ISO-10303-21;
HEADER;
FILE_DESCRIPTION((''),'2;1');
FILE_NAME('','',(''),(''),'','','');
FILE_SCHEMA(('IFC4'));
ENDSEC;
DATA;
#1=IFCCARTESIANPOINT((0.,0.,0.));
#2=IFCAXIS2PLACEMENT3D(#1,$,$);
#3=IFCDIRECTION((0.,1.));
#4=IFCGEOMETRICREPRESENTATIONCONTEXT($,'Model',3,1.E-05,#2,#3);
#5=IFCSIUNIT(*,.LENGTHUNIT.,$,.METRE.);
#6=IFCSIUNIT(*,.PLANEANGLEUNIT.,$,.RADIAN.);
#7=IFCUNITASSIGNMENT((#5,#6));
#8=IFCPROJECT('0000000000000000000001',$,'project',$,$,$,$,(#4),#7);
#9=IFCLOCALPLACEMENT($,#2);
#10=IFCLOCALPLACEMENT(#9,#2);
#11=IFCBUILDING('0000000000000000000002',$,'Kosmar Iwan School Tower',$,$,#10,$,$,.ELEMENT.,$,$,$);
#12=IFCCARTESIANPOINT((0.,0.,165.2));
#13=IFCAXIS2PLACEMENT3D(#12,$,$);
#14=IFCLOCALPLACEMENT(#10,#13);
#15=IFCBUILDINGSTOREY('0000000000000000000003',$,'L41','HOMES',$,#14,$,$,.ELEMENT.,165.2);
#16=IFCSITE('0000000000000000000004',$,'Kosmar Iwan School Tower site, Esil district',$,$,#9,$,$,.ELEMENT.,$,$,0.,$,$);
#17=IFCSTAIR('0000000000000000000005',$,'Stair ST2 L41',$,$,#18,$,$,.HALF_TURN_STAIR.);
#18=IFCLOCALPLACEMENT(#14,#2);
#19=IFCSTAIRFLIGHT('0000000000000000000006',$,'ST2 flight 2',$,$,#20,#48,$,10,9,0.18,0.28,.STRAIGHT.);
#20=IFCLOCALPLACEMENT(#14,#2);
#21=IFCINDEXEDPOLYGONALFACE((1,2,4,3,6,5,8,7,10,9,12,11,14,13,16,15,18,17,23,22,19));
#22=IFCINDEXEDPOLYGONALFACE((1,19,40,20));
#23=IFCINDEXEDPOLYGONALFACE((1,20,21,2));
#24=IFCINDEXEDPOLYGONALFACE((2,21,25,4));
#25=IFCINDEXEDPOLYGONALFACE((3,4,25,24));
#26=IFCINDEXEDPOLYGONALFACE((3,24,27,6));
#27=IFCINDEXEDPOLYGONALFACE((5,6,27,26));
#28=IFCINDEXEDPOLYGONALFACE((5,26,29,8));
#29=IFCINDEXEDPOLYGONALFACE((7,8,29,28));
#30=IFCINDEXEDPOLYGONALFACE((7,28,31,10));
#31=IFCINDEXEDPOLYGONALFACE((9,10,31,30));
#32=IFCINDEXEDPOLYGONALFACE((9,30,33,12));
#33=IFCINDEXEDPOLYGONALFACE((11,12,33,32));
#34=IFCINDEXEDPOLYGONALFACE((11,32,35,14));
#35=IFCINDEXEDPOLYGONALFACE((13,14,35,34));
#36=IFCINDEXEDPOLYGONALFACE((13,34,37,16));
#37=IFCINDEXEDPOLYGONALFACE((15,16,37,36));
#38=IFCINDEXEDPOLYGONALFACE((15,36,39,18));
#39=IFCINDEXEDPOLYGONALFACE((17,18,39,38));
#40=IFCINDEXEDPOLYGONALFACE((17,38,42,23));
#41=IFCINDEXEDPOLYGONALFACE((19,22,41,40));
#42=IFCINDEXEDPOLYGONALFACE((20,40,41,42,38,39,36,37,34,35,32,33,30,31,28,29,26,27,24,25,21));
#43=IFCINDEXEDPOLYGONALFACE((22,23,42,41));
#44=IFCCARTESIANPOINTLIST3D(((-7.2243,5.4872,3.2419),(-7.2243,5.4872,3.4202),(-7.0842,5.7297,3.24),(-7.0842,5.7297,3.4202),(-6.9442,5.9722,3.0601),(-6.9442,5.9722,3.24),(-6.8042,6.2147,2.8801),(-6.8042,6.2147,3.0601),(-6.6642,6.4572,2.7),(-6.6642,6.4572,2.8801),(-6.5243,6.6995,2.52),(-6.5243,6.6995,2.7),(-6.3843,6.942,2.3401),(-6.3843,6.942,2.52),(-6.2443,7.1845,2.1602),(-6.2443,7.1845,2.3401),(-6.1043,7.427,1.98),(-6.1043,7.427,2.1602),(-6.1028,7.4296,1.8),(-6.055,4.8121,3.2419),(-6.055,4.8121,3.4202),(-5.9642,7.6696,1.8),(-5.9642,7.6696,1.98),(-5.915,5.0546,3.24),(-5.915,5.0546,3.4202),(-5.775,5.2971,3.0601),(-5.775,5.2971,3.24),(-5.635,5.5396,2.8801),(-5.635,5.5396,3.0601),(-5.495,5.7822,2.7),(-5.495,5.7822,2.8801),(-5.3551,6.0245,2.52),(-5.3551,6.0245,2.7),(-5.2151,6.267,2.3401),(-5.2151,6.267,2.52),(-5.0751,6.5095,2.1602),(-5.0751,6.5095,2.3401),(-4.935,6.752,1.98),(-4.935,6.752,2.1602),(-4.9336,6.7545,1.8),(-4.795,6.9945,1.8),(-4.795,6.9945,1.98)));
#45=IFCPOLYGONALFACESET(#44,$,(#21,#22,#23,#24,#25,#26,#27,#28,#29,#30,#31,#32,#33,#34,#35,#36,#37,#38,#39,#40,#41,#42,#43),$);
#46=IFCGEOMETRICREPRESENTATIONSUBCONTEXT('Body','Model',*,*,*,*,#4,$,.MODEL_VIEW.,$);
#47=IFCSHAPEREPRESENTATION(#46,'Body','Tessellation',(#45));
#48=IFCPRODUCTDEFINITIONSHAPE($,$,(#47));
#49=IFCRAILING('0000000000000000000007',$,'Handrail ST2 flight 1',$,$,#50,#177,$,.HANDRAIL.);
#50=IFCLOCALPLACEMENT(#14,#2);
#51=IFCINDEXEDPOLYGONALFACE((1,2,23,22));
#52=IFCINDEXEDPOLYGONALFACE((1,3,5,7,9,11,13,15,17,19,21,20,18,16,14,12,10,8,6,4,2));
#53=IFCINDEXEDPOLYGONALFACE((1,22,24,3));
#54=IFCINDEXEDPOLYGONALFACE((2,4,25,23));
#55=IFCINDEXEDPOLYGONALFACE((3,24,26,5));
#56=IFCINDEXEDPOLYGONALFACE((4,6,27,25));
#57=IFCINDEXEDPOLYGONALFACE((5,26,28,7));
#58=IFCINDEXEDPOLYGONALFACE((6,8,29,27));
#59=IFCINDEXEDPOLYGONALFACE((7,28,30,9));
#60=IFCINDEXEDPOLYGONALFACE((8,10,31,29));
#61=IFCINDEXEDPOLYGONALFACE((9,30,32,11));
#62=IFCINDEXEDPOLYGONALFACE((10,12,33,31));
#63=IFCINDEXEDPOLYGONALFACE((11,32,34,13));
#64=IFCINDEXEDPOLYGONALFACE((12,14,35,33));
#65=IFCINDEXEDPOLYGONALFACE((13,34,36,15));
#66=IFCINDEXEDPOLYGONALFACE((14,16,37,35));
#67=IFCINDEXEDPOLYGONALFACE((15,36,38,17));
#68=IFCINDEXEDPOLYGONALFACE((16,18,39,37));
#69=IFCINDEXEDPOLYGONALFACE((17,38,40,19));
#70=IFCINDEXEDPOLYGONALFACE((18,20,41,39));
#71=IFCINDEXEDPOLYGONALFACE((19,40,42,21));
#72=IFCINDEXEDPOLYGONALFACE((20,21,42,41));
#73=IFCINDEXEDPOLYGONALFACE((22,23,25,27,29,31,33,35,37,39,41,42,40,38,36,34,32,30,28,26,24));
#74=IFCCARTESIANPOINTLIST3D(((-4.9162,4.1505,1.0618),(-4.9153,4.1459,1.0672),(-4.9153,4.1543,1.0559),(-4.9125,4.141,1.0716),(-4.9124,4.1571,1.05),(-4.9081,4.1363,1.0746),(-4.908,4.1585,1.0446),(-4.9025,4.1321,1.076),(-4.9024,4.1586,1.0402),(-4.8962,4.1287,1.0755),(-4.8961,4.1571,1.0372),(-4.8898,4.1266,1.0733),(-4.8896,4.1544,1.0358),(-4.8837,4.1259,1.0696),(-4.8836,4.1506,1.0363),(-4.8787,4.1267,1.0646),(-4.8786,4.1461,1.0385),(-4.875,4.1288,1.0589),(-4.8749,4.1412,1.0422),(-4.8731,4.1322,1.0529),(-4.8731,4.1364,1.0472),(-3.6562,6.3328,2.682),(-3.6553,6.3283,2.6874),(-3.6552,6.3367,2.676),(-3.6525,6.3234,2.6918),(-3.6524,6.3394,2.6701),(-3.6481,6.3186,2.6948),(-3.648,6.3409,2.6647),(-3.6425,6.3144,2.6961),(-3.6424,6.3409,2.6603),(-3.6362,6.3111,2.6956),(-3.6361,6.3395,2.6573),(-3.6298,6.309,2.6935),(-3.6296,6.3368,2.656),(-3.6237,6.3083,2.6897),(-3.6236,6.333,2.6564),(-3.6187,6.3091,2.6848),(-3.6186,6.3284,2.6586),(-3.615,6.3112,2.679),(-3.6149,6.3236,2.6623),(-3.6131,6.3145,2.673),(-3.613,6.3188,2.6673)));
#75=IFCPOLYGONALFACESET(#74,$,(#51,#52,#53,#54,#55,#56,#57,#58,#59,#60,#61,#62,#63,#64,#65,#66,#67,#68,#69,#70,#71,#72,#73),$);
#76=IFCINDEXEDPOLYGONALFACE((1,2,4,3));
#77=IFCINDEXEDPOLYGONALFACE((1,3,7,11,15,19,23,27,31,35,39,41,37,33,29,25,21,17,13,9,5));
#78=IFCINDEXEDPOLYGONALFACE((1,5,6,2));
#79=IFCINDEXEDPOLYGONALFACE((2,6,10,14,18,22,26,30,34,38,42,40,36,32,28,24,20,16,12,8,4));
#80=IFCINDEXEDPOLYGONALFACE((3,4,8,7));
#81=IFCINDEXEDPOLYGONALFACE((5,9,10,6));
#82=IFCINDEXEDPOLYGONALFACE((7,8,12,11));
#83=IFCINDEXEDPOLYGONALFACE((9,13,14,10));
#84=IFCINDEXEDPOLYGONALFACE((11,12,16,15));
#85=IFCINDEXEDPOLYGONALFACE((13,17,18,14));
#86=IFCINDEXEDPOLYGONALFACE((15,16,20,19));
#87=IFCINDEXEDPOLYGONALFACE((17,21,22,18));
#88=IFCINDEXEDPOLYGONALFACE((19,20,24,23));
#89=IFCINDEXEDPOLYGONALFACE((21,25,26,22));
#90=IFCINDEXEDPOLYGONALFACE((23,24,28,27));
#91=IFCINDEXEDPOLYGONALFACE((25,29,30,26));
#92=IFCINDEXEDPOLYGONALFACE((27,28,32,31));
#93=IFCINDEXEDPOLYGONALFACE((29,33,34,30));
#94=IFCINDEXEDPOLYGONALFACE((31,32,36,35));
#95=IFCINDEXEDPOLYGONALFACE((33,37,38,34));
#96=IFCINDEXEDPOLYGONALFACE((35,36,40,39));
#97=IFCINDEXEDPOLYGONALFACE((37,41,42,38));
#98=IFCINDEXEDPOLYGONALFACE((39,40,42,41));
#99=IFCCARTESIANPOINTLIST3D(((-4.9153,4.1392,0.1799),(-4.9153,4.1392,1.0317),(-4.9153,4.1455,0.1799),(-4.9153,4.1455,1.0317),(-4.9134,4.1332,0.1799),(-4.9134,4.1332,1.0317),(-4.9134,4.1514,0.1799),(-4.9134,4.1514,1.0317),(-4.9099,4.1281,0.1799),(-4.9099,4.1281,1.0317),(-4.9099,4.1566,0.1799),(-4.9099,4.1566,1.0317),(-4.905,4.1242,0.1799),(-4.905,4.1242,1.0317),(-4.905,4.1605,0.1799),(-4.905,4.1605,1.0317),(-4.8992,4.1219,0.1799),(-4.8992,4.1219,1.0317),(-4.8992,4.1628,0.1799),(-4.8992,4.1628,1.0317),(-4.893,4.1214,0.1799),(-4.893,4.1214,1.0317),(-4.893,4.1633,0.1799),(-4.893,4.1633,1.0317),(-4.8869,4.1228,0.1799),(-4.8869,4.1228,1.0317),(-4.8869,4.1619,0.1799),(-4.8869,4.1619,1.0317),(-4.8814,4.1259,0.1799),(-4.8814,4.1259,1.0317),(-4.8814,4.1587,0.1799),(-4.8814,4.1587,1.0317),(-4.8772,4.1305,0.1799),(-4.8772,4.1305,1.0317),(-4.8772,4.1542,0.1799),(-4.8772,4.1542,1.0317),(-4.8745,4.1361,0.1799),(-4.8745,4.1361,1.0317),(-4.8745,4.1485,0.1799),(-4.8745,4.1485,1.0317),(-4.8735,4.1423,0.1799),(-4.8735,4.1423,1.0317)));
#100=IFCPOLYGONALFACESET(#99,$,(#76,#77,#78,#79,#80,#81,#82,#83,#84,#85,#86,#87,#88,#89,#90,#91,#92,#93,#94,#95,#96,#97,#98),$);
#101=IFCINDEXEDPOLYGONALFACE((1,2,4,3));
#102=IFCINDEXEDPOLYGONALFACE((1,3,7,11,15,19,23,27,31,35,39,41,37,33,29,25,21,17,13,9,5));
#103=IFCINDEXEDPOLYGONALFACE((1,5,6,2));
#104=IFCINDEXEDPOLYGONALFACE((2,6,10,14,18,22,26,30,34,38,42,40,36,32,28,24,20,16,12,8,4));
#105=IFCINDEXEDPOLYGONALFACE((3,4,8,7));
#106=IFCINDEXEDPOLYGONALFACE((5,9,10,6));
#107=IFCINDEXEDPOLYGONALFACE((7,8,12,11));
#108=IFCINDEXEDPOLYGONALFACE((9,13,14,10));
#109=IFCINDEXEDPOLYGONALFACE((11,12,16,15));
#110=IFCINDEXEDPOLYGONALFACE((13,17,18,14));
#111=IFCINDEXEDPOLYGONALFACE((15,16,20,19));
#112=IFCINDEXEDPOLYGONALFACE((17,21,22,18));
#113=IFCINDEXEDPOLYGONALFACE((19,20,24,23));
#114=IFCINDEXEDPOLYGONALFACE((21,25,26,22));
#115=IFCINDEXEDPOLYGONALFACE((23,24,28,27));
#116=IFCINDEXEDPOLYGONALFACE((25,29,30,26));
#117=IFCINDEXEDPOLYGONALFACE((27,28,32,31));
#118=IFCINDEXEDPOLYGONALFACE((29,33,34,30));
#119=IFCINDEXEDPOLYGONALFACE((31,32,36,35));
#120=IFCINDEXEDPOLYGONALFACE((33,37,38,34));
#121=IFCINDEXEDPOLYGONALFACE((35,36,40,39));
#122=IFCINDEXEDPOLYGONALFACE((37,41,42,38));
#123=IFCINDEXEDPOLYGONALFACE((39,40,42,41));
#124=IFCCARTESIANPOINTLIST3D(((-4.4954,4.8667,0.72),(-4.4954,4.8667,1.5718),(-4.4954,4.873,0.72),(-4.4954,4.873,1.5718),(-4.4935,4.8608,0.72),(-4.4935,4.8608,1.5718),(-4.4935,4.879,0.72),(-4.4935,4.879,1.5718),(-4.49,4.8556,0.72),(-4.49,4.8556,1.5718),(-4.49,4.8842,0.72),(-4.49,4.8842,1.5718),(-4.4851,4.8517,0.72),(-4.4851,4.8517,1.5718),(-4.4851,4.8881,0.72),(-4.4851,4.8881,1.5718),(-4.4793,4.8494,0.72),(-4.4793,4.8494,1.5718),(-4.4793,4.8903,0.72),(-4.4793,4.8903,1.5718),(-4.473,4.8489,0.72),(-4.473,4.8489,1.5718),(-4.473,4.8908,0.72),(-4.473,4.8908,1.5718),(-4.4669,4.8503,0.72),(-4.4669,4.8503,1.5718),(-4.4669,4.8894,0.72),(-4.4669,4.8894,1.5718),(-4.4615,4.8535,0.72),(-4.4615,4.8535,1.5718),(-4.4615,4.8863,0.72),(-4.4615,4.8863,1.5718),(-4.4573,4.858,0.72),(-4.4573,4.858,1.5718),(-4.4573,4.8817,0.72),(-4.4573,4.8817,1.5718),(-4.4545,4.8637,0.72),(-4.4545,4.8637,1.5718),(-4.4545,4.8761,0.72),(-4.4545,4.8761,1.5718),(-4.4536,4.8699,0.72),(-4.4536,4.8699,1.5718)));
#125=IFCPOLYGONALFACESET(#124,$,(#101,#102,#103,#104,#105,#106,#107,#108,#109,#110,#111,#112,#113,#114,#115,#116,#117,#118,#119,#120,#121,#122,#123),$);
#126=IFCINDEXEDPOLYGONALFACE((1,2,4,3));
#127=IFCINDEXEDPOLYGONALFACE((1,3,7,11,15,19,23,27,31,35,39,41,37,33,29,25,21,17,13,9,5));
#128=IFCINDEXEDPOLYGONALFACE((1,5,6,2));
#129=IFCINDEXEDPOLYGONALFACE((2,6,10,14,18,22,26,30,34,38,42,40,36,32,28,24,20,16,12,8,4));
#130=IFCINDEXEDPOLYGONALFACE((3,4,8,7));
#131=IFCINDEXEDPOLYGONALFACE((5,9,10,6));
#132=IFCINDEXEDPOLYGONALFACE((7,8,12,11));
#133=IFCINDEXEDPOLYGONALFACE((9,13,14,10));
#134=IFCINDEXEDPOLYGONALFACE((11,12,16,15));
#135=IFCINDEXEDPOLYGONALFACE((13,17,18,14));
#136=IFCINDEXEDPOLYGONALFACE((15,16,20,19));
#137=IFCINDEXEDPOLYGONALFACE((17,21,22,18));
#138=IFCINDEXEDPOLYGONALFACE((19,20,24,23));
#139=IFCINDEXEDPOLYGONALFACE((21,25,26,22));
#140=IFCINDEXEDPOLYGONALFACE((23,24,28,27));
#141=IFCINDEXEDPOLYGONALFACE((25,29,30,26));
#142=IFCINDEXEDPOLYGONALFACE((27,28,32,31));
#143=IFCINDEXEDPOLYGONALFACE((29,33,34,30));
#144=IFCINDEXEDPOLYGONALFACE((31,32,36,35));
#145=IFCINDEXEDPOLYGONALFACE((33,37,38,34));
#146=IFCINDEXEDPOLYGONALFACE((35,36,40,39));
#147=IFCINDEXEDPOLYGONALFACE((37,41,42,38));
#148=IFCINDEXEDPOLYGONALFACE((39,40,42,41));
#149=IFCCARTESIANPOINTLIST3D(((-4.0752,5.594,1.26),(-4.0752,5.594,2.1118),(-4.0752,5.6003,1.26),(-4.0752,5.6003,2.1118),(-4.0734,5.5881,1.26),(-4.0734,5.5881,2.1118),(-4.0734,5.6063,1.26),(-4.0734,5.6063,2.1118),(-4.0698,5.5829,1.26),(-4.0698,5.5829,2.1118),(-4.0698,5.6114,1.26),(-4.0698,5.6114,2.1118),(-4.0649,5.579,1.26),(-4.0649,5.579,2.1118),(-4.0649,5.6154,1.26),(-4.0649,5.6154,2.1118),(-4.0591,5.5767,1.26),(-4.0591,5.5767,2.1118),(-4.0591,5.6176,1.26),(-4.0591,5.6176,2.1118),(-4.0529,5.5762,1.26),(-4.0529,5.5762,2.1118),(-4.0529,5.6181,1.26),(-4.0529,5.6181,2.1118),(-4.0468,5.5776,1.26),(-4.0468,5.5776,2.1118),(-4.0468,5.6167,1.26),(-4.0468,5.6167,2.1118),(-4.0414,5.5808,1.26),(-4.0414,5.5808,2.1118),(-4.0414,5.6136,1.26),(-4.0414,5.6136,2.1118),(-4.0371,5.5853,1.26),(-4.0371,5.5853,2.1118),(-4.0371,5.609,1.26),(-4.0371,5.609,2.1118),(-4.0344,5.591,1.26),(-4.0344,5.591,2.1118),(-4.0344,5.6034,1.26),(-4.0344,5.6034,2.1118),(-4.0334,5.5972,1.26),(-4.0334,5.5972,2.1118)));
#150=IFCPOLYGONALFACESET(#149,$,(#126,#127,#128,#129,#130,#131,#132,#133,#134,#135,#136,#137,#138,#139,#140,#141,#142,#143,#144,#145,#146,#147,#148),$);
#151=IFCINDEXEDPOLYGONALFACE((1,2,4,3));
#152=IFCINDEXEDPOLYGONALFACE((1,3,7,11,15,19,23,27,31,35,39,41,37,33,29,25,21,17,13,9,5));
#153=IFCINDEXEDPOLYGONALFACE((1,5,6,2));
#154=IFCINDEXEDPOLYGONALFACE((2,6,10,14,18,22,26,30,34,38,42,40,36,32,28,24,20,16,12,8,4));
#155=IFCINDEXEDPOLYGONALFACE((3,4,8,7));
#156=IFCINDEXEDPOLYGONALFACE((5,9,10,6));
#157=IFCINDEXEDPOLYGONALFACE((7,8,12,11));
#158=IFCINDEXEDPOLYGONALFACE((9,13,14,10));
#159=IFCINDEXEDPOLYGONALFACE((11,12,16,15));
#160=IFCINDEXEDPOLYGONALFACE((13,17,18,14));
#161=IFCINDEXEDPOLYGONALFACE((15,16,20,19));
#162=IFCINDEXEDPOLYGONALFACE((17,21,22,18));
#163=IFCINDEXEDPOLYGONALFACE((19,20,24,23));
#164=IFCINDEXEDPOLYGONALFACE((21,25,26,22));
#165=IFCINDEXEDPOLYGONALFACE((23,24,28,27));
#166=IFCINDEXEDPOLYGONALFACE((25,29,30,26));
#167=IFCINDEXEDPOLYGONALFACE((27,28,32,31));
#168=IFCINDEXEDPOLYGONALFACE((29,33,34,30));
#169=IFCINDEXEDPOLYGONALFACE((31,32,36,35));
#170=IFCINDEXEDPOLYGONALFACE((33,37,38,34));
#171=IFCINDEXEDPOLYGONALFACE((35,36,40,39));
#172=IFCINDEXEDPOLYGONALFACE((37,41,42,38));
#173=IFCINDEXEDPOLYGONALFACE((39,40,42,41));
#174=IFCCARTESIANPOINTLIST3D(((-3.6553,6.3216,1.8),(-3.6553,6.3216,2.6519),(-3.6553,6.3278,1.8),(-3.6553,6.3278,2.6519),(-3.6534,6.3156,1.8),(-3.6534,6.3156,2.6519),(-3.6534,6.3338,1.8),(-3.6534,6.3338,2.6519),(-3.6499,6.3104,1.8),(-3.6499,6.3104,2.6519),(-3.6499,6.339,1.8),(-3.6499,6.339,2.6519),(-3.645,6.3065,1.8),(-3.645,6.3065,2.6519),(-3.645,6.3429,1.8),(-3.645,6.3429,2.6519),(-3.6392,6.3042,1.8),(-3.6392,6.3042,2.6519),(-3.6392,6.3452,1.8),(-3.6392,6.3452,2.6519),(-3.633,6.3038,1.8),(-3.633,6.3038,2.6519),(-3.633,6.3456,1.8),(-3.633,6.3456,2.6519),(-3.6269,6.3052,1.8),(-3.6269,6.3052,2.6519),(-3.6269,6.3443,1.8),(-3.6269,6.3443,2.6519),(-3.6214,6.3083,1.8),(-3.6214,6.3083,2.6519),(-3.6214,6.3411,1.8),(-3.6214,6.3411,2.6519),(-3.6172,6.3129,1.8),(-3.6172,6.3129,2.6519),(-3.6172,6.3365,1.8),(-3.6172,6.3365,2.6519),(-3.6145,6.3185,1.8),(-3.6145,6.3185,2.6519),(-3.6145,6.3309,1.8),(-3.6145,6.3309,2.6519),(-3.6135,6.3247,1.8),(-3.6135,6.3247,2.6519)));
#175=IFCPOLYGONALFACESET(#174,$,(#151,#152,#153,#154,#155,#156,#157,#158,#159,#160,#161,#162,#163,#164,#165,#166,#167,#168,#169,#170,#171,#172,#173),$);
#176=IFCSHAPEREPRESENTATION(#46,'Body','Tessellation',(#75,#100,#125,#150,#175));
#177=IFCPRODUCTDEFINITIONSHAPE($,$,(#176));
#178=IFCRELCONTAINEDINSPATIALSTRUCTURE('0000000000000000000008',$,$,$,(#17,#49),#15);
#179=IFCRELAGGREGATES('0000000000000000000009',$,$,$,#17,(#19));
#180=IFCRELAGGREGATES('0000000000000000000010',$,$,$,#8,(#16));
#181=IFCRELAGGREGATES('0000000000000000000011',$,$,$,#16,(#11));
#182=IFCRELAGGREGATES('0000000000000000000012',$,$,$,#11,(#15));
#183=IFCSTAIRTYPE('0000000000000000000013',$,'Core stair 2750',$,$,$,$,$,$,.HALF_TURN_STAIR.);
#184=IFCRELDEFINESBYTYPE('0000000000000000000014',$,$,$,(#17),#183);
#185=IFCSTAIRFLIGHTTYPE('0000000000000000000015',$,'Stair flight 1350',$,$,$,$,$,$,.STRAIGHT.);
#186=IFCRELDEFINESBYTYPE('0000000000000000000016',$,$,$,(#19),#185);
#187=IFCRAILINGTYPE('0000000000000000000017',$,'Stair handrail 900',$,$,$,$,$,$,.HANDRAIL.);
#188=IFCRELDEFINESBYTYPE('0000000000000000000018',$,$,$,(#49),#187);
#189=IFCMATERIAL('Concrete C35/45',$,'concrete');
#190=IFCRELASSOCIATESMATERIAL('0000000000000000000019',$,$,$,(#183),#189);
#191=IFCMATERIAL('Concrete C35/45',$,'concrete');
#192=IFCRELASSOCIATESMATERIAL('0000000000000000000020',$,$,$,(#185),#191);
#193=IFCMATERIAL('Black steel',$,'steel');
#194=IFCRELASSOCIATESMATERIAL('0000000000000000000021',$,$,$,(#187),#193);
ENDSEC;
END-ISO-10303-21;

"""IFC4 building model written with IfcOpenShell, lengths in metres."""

from ifc_helpers import new_model, si_unit, direction, frame, origin, origin_2d, place, context, subcontext, project, spatial, polyline, circle, outline, extrude, material, type_object, element, aggregate, save


model = new_model("IFC4")

# Units and contexts
model_context = context("Model", 3, precision=1e-05, world=origin(), true_north=direction((0.0, 1.0)))
body_context = subcontext(model_context, "Body", "Model", "MODEL_VIEW")
ifc_project = project(units=[si_unit("LENGTHUNIT", "METRE"), si_unit("PLANEANGLEUNIT", "RADIAN")], contexts=[model_context])

# Site, building, storey
site_placement = place(None, origin())
site = spatial("IfcSite", under=ifc_project, at=site_placement, Name="Kosmar Iwan School Tower site, Esil district", CompositionType="ELEMENT", RefElevation=0.0)
building_placement = place(site_placement, origin())
building = spatial("IfcBuilding", under=site, at=building_placement, Name="Kosmar Iwan School Tower", CompositionType="ELEMENT")
storey_placement = place(building_placement, frame((0.0, 0.0, 165.2)))
storey = spatial("IfcBuildingStorey", under=building, at=storey_placement, Name="L41", Description="HOMES", CompositionType="ELEMENT", Elevation=165.2)

# Stair, stair flight
ifc_material_1 = material(Name="Concrete C35/45", Category="concrete")
stair_type = type_object("IfcStairType", Name="Core stair 2750", PredefinedType="HALF_TURN_STAIR", material=ifc_material_1)
stair_placement = place(storey_placement, origin())
stair = element("IfcStair", 1, at=stair_placement, inside=storey, type_object=stair_type, Name="Stair ST2 L41", PredefinedType="HALF_TURN_STAIR")
ifc_material_2 = material(Name="Concrete C35/45", Category="concrete")
stair_flight_type = type_object("IfcStairFlightType", Name="Stair flight 1350", PredefinedType="STRAIGHT", material=ifc_material_2)
stair_flight_1_placement = place(storey_placement, frame((-5.3796, 7.332, 1.8), z_axis=(0.0, 0.0, 1.0), x_axis=(-0.5, -0.866025, 0.0)))
stair_flight_1 = element("IfcStairFlight", 2, at=stair_flight_1_placement, type_object=stair_flight_type, Name="ST2 flight 2", NumberOfRisers=10, NumberOfTreads=9, PredefinedType="STRAIGHT", RiserHeight=0.18, TreadLength=0.28, context=body_context, shape_type="SweptSolid", body=[
    extrude(outline(polyline([(0.0, 0.0), (0.0, 0.1799), (0.28, 0.1799), (0.28, 0.3601), (0.5601, 0.3601), (0.5601, 0.54), (0.8401, 0.54), (0.8401, 0.72), (1.1201, 0.72), (1.1201, 0.8999), (1.3999, 0.8999), (1.3999, 1.0801), (1.6799, 1.0801), (1.6799, 1.26), (1.96, 1.26), (1.96, 1.4399), (2.24, 1.4399), (2.24, 1.6201), (2.52, 1.6201), (2.52, 1.8), (2.52, 1.4419), (0.2771, 0.0), (0.0, 0.0)])), frame((0.0, 0.675, 0.0), z_axis=(0.0, -1.0, 0.0), x_axis=(1.0, 0.0, 0.0)), (0.0, 0.0, 1.0), 1.3501),
])
aggregate(stair, [stair_flight_1])

# Railing
ifc_material_3 = material(Name="Black steel", Category="steel")
railing_type = type_object("IfcRailingType", Name="Stair handrail 900", PredefinedType="HANDRAIL", material=ifc_material_3)
railing_1_placement = place(storey_placement, frame((-4.8945, 4.1423, 0.1799)))
element("IfcRailing", 3, at=railing_1_placement, inside=storey, type_object=railing_type, Name="Handrail ST2 flight 1", PredefinedType="HANDRAIL", context=body_context, shape_type="SweptSolid", body=[
    extrude(circle(Radius=0.0239, at=origin_2d()), frame((0.0, 0.0, 0.876), z_axis=(0.420584, 0.728464, 0.540786), x_axis=(-0.866023, 0.500005, 0.0)), (0.0, 0.0, 1.0), 2.9958),
    extrude(circle(Radius=0.021, at=origin_2d()), origin(), (0.0, 0.0, 1.0), 0.8518),
    extrude(circle(Radius=0.021, at=origin_2d()), frame((0.4199, 0.7275, 0.54)), (0.0, 0.0, 1.0), 0.8518),
    extrude(circle(Radius=0.021, at=origin_2d()), frame((0.8401, 1.4548, 1.0801)), (0.0, 0.0, 1.0), 0.8518),
    extrude(circle(Radius=0.021, at=origin_2d()), frame((1.26, 2.1824, 1.6201)), (0.0, 0.0, 1.0), 0.8518),
])

save(model, "model.ifc")
